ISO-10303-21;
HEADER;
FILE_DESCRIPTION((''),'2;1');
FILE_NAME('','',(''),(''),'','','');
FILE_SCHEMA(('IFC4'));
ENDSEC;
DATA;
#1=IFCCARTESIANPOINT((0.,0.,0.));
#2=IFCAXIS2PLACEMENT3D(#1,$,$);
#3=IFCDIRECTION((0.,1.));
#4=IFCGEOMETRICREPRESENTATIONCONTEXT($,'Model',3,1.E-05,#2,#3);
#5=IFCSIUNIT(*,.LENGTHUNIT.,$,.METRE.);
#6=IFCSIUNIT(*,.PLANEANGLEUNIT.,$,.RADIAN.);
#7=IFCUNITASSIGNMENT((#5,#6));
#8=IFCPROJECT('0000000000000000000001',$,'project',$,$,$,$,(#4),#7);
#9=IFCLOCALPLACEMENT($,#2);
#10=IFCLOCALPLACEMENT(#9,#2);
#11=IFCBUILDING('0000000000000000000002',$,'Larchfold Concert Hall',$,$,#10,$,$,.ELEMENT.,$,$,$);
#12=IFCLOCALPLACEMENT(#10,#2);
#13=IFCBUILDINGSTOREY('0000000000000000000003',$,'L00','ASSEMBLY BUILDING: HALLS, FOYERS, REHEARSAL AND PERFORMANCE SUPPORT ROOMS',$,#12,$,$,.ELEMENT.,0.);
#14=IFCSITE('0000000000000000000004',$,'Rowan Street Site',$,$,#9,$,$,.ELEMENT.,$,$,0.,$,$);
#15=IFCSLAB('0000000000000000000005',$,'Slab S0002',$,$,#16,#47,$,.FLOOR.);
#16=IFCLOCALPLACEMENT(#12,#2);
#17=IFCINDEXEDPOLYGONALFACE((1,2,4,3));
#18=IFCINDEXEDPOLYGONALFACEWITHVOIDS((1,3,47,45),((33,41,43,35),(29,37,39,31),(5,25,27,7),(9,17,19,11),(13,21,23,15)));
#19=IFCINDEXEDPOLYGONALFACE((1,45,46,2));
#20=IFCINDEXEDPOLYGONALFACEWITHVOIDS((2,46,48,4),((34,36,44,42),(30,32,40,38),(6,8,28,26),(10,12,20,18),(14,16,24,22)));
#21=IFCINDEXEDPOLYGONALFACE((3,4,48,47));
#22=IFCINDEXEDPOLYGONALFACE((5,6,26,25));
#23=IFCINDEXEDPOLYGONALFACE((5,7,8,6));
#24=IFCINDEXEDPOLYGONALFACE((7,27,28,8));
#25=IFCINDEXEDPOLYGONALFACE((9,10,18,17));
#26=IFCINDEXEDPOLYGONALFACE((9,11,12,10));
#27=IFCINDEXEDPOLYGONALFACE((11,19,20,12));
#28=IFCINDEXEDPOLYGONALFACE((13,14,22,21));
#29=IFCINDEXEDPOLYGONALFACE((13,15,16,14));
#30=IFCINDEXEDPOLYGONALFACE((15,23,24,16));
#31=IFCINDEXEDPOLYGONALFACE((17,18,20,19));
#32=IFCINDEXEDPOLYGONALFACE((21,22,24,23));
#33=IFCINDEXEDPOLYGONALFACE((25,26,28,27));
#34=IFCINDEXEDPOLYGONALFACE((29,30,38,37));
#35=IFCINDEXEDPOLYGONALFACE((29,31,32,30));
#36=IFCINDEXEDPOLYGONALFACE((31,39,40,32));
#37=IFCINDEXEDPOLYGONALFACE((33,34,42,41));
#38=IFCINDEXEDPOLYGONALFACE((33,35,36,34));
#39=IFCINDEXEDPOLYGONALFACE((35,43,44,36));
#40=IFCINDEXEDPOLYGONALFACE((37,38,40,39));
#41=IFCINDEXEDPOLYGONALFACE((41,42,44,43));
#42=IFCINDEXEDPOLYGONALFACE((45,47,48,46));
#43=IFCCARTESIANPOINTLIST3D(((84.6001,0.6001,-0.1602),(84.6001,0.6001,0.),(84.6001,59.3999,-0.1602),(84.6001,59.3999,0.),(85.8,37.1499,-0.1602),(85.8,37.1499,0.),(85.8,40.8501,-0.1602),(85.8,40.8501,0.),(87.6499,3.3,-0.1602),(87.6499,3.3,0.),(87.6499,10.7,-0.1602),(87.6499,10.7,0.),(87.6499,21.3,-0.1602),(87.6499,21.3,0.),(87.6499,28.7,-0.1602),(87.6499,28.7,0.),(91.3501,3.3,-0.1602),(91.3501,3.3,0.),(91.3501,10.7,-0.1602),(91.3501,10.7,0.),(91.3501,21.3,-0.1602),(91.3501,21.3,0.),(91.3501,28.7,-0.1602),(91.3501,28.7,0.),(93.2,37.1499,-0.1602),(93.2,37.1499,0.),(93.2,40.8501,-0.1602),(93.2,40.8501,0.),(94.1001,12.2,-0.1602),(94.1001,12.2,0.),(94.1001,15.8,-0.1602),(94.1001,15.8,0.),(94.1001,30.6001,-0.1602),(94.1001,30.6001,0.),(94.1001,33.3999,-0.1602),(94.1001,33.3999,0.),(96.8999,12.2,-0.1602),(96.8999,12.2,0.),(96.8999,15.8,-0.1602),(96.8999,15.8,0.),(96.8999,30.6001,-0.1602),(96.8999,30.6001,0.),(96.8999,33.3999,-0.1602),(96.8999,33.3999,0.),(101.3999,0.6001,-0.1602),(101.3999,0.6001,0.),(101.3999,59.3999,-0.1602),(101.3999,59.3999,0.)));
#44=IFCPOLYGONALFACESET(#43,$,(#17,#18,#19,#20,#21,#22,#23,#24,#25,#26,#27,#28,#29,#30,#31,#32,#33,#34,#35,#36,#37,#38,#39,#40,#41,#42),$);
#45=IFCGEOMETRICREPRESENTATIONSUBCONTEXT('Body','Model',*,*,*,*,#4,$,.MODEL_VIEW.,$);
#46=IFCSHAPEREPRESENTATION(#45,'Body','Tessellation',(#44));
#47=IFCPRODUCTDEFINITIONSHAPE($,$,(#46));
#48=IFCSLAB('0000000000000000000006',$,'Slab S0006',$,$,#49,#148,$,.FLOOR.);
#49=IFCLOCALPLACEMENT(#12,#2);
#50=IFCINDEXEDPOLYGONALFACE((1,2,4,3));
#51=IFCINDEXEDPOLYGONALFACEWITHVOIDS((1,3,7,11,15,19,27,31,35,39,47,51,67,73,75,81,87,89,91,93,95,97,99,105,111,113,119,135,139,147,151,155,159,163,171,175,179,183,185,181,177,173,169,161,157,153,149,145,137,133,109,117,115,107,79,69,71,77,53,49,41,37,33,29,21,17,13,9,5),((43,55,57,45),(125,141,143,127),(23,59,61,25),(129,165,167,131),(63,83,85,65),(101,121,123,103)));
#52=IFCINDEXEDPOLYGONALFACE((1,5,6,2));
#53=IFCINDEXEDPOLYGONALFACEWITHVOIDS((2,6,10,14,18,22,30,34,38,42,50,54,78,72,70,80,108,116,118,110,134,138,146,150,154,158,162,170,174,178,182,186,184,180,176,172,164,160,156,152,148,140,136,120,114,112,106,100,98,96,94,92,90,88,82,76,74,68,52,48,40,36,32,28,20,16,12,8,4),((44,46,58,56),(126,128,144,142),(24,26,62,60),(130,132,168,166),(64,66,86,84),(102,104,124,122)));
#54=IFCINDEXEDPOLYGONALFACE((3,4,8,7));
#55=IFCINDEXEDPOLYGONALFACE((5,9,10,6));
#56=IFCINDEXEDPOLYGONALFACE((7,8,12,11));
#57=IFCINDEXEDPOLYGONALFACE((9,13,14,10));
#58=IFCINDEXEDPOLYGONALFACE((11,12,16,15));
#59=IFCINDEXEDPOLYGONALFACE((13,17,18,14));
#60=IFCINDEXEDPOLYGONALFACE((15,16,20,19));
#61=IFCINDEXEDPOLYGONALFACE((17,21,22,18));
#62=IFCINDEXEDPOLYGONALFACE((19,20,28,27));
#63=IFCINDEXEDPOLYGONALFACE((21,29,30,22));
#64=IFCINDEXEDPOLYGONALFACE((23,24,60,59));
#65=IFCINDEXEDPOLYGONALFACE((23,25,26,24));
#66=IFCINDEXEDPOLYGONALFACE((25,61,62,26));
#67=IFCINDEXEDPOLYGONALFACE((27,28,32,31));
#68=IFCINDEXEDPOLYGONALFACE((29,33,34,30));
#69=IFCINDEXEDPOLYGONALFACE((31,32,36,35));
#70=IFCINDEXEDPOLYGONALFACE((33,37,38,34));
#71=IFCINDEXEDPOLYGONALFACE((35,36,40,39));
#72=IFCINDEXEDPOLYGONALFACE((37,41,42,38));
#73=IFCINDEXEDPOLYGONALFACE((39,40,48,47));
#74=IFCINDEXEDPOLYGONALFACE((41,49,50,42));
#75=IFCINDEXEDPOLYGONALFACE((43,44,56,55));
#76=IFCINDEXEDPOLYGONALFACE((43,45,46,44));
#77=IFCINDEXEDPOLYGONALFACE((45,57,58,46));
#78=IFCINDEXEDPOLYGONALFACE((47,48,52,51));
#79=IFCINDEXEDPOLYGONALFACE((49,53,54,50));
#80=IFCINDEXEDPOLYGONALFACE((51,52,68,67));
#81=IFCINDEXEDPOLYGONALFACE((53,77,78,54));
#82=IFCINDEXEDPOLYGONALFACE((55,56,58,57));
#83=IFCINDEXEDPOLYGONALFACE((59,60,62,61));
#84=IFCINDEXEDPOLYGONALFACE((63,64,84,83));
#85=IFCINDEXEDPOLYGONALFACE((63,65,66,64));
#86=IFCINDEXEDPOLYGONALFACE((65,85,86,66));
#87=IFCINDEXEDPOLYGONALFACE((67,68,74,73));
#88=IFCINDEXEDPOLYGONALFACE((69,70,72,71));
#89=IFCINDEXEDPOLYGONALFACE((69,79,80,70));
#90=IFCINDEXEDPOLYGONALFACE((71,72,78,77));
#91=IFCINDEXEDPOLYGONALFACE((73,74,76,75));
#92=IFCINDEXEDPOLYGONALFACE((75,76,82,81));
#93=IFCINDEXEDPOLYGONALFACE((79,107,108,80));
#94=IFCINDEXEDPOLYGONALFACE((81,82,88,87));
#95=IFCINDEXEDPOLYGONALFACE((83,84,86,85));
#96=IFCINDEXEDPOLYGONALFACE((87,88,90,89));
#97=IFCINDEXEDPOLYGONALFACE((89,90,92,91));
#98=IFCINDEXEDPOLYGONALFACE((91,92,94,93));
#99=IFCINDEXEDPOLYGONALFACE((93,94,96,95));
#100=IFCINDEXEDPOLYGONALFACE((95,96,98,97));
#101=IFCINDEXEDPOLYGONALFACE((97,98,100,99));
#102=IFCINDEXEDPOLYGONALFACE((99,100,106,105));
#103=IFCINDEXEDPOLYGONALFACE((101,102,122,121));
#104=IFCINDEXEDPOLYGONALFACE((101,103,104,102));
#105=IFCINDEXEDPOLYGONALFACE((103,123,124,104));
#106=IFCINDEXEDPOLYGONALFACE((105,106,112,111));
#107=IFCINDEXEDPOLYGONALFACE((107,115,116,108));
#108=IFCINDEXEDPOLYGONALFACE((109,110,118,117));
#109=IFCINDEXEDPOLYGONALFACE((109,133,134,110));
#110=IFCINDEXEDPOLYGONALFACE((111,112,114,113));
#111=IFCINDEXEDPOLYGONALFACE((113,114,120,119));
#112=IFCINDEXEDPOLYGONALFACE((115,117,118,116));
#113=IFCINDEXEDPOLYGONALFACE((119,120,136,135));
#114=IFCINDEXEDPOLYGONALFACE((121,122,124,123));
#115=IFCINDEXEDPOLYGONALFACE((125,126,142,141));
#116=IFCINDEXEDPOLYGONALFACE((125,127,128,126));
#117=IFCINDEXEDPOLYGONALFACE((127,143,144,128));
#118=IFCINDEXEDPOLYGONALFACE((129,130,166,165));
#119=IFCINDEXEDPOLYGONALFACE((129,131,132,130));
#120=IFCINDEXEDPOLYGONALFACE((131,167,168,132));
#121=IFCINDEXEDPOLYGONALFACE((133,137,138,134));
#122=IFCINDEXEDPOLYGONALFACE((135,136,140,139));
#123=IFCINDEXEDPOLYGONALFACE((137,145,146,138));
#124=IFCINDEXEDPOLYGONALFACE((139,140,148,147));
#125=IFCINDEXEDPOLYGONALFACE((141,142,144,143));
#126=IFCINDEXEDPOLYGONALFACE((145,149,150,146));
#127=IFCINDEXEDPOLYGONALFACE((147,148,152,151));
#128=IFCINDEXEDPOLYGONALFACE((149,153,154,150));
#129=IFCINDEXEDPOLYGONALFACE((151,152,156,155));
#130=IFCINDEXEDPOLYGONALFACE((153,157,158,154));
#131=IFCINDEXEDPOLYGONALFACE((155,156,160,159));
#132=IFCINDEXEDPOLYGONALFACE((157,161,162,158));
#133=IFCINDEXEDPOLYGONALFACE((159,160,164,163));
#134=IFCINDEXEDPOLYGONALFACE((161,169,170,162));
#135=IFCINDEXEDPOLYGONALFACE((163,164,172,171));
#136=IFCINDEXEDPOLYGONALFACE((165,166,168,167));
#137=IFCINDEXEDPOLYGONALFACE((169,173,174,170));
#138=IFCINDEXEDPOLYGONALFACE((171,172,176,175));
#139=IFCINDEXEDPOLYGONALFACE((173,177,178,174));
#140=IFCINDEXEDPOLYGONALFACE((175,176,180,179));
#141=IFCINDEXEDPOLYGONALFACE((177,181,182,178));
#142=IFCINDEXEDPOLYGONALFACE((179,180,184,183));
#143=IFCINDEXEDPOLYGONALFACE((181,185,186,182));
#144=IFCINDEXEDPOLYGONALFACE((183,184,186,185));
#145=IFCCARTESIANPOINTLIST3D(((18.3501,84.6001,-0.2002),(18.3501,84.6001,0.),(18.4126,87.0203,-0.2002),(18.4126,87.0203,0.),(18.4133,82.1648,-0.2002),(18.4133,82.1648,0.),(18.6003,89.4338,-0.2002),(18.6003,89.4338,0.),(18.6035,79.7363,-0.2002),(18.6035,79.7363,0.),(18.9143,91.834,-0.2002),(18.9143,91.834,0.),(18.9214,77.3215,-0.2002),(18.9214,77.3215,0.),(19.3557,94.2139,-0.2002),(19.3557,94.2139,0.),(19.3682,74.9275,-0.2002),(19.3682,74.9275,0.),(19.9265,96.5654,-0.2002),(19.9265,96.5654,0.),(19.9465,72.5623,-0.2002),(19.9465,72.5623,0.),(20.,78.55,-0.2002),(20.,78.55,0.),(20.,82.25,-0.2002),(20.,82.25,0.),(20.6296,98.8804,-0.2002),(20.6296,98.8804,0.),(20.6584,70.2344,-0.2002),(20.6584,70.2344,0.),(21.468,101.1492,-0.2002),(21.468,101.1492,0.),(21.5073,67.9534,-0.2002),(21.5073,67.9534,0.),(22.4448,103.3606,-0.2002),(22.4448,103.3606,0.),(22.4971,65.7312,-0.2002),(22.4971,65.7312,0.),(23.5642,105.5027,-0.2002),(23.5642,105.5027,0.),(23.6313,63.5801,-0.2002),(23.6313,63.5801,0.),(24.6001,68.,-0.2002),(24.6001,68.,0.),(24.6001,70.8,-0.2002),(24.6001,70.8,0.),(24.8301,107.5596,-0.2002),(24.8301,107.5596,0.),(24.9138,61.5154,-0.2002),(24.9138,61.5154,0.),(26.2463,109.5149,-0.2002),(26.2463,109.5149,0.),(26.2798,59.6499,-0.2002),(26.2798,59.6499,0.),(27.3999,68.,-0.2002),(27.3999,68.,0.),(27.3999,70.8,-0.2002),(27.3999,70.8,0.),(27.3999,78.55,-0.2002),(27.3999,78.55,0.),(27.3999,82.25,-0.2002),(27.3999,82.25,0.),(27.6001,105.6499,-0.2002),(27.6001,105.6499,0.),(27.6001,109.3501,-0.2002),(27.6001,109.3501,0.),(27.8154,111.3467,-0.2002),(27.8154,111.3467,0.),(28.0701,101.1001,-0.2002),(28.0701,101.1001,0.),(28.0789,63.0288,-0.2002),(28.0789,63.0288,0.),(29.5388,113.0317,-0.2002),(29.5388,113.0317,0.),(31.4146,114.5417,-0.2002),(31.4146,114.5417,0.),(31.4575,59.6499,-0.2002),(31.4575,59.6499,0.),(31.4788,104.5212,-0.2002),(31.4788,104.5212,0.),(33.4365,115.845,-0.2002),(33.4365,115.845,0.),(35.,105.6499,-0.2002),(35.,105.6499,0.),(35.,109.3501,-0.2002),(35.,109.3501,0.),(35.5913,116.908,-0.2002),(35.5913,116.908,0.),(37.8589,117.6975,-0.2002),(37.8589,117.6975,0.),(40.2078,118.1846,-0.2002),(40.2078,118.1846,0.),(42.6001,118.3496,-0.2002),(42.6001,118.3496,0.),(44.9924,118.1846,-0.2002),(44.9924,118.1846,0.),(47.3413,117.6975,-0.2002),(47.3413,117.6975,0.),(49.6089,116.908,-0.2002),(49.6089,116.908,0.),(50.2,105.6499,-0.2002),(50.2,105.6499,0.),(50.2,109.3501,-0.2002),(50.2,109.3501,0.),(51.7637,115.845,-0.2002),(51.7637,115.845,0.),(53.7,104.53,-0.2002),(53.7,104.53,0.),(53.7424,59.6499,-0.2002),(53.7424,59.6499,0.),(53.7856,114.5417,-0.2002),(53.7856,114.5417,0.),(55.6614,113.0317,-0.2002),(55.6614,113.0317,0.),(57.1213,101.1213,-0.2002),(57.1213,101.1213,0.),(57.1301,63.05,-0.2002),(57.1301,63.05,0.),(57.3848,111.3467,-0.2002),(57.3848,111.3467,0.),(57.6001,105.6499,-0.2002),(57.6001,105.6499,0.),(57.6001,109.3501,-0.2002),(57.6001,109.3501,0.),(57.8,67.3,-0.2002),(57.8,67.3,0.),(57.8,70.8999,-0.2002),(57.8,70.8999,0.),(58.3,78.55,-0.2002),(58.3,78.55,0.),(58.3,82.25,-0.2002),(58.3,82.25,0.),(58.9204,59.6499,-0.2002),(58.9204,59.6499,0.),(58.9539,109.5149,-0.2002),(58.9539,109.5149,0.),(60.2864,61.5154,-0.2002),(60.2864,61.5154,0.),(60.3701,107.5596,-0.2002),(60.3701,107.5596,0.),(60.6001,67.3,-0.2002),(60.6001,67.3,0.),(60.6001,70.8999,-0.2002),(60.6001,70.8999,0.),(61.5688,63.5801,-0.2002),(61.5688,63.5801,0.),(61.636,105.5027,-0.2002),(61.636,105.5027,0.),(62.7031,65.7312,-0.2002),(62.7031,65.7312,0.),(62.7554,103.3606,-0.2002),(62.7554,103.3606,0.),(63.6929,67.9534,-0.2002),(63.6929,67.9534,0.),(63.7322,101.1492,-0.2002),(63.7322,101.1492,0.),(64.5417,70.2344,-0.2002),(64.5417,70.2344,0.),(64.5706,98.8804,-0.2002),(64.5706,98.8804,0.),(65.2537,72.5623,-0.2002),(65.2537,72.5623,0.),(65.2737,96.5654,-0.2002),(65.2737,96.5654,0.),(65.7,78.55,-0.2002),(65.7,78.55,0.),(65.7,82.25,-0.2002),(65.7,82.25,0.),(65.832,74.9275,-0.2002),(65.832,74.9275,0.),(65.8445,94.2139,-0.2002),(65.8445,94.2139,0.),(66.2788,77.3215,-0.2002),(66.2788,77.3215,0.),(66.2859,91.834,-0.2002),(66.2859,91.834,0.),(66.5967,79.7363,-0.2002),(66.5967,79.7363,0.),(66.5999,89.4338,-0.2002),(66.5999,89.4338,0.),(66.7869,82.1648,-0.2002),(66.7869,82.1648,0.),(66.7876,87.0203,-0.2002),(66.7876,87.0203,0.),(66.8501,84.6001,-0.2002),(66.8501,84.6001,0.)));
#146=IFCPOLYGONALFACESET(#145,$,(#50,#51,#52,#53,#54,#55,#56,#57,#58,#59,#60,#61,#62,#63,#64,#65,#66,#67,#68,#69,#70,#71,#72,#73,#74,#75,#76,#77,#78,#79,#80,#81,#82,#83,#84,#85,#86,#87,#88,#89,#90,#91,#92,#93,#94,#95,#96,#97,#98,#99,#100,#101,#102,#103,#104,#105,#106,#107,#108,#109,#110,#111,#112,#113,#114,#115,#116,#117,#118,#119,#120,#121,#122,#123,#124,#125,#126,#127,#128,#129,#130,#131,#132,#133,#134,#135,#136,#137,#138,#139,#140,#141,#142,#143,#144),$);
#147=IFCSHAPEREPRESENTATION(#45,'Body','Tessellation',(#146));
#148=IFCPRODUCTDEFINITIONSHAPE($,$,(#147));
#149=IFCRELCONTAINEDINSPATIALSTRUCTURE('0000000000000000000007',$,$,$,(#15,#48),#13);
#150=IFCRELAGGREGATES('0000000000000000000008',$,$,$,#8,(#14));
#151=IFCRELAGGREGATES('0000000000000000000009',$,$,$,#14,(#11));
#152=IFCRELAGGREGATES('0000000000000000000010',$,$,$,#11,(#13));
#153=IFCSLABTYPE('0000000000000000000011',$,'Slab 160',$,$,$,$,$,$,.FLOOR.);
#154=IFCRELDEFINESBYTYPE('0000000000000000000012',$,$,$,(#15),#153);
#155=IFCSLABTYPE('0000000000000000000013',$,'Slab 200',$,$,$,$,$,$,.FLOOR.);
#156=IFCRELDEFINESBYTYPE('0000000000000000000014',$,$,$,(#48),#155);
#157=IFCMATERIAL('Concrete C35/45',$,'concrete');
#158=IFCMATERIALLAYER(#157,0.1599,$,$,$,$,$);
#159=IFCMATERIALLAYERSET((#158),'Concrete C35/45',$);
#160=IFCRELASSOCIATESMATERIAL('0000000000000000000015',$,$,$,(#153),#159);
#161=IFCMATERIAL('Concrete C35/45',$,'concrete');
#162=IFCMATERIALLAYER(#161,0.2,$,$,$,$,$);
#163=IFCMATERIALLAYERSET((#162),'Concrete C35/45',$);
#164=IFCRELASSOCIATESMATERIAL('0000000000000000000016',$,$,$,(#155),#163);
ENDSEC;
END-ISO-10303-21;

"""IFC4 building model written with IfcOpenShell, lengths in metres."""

from ifc_helpers import new_model, si_unit, direction, frame, origin, place, context, subcontext, project, spatial, polyline, outline, extrude, material, layer, layer_set, type_object, element, save


model = new_model("IFC4")

# Units and contexts
model_context = context("Model", 3, precision=1e-05, world=origin(), true_north=direction((0.0, 1.0)))
body_context = subcontext(model_context, "Body", "Model", "MODEL_VIEW")
ifc_project = project(units=[si_unit("LENGTHUNIT", "METRE"), si_unit("PLANEANGLEUNIT", "RADIAN")], contexts=[model_context])

# Site, building, storey
site_placement = place(None, origin())
site = spatial("IfcSite", under=ifc_project, at=site_placement, Name="Rowan Street Site", CompositionType="ELEMENT", RefElevation=0.0)
building_placement = place(site_placement, origin())
building = spatial("IfcBuilding", under=site, at=building_placement, Name="Larchfold Concert Hall", CompositionType="ELEMENT")
storey_placement = place(building_placement, origin())
storey = spatial("IfcBuildingStorey", under=building, at=storey_placement, Name="L00", Description="ASSEMBLY BUILDING: HALLS, FOYERS, REHEARSAL AND PERFORMANCE SUPPORT ROOMS", CompositionType="ELEMENT", Elevation=0.0)

# Slabs
ifc_material_1 = material(Name="Concrete C35/45", Category="concrete")
ifc_layer_1 = layer(ifc_material_1, 0.1599)
ifc_layer_set_1 = layer_set([ifc_layer_1], Name="Concrete C35/45")
slab_type_1 = type_object("IfcSlabType", Name="Slab 160", PredefinedType="FLOOR", material=ifc_layer_set_1)
slab_1_placement = place(storey_placement, frame((0.0, 0.0, -0.1602)))
element("IfcSlab", 1, at=slab_1_placement, inside=storey, type_object=slab_type_1, Name="Slab S0002", PredefinedType="FLOOR", context=body_context, shape_type="SweptSolid", body=[
    extrude(outline(polyline([(84.6001, 0.6001), (101.3999, 0.6001), (101.3999, 59.3999), (84.6001, 59.3999), (84.6001, 0.6001)]), holes=[polyline([(87.6499, 3.3), (87.6499, 10.7), (91.3501, 10.7), (91.3501, 3.3), (87.6499, 3.3)]), polyline([(94.1001, 12.2), (94.1001, 15.8), (96.8999, 15.8), (96.8999, 12.2), (94.1001, 12.2)]), polyline([(87.6499, 21.3), (87.6499, 28.7), (91.3501, 28.7), (91.3501, 21.3), (87.6499, 21.3)]), polyline([(94.1001, 33.3999), (96.8999, 33.3999), (96.8999, 30.6001), (94.1001, 30.6001), (94.1001, 33.3999)]), polyline([(85.8, 40.8501), (93.2, 40.8501), (93.2, 37.1499), (85.8, 37.1499), (85.8, 40.8501)])]), origin(), (0.0, 0.0, 1.0), 0.1602),
])
ifc_material_2 = material(Name="Concrete C35/45", Category="concrete")
ifc_layer_2 = layer(ifc_material_2, 0.2)
ifc_layer_set_2 = layer_set([ifc_layer_2], Name="Concrete C35/45")
slab_type_2 = type_object("IfcSlabType", Name="Slab 200", PredefinedType="FLOOR", material=ifc_layer_set_2)
slab_2_placement = place(storey_placement, frame((0.0, 0.0, -0.2002)))
element("IfcSlab", 2, at=slab_2_placement, inside=storey, type_object=slab_type_2, Name="Slab S0006", PredefinedType="FLOOR", context=body_context, shape_type="SweptSolid", body=[
    extrude(outline(polyline([(24.9138, 61.5154), (26.2798, 59.6499), (31.4575, 59.6499), (28.0789, 63.0288), (28.0701, 101.1001), (31.4788, 104.5212), (53.7, 104.53), (57.1213, 101.1213), (57.1301, 63.05), (53.7424, 59.6499), (58.9204, 59.6499), (60.2864, 61.5154), (61.5688, 63.5801), (62.7031, 65.7312), (63.6929, 67.9534), (64.5417, 70.2344), (65.2537, 72.5623), (65.832, 74.9275), (66.2788, 77.3215), (66.5967, 79.7363), (66.7869, 82.1648), (66.8501, 84.6001), (66.7876, 87.0203), (66.5999, 89.4338), (66.2859, 91.834), (65.8445, 94.2139), (65.2737, 96.5654), (64.5706, 98.8804), (63.7322, 101.1492), (62.7554, 103.3606), (61.636, 105.5027), (60.3701, 107.5596), (58.9539, 109.5149), (57.3848, 111.3467), (55.6614, 113.0317), (53.7856, 114.5417), (51.7637, 115.845), (49.6089, 116.908), (47.3413, 117.6975), (44.9924, 118.1846), (42.6001, 118.3496), (40.2078, 118.1846), (37.8589, 117.6975), (35.5913, 116.908), (33.4365, 115.845), (31.4146, 114.5417), (29.5388, 113.0317), (27.8154, 111.3467), (26.2463, 109.5149), (24.8301, 107.5596), (23.5642, 105.5027), (22.4448, 103.3606), (21.468, 101.1492), (20.6296, 98.8804), (19.9265, 96.5654), (19.3557, 94.2139), (18.9143, 91.834), (18.6003, 89.4338), (18.4126, 87.0203), (18.3501, 84.6001), (18.4133, 82.1648), (18.6035, 79.7363), (18.9214, 77.3215), (19.3682, 74.9275), (19.9465, 72.5623), (20.6584, 70.2344), (21.5073, 67.9534), (22.4971, 65.7312), (23.6313, 63.5801), (24.9138, 61.5154)]), holes=[polyline([(57.8, 67.3), (57.8, 70.8999), (60.6001, 70.8999), (60.6001, 67.3), (57.8, 67.3)]), polyline([(24.6001, 70.8), (27.3999, 70.8), (27.3999, 68.0), (24.6001, 68.0), (24.6001, 70.8)]), polyline([(20.0, 82.25), (27.3999, 82.25), (27.3999, 78.55), (20.0, 78.55), (20.0, 82.25)]), polyline([(58.3, 78.55), (58.3, 82.25), (65.7, 82.25), (65.7, 78.55), (58.3, 78.55)]), polyline([(27.6001, 109.3501), (35.0, 109.3501), (35.0, 105.6499), (27.6001, 105.6499), (27.6001, 109.3501)]), polyline([(50.2, 109.3501), (57.6001, 109.3501), (57.6001, 105.6499), (50.2, 105.6499), (50.2, 109.3501)])]), origin(), (0.0, 0.0, 1.0), 0.2002),
])

save(model, "model.ifc")
